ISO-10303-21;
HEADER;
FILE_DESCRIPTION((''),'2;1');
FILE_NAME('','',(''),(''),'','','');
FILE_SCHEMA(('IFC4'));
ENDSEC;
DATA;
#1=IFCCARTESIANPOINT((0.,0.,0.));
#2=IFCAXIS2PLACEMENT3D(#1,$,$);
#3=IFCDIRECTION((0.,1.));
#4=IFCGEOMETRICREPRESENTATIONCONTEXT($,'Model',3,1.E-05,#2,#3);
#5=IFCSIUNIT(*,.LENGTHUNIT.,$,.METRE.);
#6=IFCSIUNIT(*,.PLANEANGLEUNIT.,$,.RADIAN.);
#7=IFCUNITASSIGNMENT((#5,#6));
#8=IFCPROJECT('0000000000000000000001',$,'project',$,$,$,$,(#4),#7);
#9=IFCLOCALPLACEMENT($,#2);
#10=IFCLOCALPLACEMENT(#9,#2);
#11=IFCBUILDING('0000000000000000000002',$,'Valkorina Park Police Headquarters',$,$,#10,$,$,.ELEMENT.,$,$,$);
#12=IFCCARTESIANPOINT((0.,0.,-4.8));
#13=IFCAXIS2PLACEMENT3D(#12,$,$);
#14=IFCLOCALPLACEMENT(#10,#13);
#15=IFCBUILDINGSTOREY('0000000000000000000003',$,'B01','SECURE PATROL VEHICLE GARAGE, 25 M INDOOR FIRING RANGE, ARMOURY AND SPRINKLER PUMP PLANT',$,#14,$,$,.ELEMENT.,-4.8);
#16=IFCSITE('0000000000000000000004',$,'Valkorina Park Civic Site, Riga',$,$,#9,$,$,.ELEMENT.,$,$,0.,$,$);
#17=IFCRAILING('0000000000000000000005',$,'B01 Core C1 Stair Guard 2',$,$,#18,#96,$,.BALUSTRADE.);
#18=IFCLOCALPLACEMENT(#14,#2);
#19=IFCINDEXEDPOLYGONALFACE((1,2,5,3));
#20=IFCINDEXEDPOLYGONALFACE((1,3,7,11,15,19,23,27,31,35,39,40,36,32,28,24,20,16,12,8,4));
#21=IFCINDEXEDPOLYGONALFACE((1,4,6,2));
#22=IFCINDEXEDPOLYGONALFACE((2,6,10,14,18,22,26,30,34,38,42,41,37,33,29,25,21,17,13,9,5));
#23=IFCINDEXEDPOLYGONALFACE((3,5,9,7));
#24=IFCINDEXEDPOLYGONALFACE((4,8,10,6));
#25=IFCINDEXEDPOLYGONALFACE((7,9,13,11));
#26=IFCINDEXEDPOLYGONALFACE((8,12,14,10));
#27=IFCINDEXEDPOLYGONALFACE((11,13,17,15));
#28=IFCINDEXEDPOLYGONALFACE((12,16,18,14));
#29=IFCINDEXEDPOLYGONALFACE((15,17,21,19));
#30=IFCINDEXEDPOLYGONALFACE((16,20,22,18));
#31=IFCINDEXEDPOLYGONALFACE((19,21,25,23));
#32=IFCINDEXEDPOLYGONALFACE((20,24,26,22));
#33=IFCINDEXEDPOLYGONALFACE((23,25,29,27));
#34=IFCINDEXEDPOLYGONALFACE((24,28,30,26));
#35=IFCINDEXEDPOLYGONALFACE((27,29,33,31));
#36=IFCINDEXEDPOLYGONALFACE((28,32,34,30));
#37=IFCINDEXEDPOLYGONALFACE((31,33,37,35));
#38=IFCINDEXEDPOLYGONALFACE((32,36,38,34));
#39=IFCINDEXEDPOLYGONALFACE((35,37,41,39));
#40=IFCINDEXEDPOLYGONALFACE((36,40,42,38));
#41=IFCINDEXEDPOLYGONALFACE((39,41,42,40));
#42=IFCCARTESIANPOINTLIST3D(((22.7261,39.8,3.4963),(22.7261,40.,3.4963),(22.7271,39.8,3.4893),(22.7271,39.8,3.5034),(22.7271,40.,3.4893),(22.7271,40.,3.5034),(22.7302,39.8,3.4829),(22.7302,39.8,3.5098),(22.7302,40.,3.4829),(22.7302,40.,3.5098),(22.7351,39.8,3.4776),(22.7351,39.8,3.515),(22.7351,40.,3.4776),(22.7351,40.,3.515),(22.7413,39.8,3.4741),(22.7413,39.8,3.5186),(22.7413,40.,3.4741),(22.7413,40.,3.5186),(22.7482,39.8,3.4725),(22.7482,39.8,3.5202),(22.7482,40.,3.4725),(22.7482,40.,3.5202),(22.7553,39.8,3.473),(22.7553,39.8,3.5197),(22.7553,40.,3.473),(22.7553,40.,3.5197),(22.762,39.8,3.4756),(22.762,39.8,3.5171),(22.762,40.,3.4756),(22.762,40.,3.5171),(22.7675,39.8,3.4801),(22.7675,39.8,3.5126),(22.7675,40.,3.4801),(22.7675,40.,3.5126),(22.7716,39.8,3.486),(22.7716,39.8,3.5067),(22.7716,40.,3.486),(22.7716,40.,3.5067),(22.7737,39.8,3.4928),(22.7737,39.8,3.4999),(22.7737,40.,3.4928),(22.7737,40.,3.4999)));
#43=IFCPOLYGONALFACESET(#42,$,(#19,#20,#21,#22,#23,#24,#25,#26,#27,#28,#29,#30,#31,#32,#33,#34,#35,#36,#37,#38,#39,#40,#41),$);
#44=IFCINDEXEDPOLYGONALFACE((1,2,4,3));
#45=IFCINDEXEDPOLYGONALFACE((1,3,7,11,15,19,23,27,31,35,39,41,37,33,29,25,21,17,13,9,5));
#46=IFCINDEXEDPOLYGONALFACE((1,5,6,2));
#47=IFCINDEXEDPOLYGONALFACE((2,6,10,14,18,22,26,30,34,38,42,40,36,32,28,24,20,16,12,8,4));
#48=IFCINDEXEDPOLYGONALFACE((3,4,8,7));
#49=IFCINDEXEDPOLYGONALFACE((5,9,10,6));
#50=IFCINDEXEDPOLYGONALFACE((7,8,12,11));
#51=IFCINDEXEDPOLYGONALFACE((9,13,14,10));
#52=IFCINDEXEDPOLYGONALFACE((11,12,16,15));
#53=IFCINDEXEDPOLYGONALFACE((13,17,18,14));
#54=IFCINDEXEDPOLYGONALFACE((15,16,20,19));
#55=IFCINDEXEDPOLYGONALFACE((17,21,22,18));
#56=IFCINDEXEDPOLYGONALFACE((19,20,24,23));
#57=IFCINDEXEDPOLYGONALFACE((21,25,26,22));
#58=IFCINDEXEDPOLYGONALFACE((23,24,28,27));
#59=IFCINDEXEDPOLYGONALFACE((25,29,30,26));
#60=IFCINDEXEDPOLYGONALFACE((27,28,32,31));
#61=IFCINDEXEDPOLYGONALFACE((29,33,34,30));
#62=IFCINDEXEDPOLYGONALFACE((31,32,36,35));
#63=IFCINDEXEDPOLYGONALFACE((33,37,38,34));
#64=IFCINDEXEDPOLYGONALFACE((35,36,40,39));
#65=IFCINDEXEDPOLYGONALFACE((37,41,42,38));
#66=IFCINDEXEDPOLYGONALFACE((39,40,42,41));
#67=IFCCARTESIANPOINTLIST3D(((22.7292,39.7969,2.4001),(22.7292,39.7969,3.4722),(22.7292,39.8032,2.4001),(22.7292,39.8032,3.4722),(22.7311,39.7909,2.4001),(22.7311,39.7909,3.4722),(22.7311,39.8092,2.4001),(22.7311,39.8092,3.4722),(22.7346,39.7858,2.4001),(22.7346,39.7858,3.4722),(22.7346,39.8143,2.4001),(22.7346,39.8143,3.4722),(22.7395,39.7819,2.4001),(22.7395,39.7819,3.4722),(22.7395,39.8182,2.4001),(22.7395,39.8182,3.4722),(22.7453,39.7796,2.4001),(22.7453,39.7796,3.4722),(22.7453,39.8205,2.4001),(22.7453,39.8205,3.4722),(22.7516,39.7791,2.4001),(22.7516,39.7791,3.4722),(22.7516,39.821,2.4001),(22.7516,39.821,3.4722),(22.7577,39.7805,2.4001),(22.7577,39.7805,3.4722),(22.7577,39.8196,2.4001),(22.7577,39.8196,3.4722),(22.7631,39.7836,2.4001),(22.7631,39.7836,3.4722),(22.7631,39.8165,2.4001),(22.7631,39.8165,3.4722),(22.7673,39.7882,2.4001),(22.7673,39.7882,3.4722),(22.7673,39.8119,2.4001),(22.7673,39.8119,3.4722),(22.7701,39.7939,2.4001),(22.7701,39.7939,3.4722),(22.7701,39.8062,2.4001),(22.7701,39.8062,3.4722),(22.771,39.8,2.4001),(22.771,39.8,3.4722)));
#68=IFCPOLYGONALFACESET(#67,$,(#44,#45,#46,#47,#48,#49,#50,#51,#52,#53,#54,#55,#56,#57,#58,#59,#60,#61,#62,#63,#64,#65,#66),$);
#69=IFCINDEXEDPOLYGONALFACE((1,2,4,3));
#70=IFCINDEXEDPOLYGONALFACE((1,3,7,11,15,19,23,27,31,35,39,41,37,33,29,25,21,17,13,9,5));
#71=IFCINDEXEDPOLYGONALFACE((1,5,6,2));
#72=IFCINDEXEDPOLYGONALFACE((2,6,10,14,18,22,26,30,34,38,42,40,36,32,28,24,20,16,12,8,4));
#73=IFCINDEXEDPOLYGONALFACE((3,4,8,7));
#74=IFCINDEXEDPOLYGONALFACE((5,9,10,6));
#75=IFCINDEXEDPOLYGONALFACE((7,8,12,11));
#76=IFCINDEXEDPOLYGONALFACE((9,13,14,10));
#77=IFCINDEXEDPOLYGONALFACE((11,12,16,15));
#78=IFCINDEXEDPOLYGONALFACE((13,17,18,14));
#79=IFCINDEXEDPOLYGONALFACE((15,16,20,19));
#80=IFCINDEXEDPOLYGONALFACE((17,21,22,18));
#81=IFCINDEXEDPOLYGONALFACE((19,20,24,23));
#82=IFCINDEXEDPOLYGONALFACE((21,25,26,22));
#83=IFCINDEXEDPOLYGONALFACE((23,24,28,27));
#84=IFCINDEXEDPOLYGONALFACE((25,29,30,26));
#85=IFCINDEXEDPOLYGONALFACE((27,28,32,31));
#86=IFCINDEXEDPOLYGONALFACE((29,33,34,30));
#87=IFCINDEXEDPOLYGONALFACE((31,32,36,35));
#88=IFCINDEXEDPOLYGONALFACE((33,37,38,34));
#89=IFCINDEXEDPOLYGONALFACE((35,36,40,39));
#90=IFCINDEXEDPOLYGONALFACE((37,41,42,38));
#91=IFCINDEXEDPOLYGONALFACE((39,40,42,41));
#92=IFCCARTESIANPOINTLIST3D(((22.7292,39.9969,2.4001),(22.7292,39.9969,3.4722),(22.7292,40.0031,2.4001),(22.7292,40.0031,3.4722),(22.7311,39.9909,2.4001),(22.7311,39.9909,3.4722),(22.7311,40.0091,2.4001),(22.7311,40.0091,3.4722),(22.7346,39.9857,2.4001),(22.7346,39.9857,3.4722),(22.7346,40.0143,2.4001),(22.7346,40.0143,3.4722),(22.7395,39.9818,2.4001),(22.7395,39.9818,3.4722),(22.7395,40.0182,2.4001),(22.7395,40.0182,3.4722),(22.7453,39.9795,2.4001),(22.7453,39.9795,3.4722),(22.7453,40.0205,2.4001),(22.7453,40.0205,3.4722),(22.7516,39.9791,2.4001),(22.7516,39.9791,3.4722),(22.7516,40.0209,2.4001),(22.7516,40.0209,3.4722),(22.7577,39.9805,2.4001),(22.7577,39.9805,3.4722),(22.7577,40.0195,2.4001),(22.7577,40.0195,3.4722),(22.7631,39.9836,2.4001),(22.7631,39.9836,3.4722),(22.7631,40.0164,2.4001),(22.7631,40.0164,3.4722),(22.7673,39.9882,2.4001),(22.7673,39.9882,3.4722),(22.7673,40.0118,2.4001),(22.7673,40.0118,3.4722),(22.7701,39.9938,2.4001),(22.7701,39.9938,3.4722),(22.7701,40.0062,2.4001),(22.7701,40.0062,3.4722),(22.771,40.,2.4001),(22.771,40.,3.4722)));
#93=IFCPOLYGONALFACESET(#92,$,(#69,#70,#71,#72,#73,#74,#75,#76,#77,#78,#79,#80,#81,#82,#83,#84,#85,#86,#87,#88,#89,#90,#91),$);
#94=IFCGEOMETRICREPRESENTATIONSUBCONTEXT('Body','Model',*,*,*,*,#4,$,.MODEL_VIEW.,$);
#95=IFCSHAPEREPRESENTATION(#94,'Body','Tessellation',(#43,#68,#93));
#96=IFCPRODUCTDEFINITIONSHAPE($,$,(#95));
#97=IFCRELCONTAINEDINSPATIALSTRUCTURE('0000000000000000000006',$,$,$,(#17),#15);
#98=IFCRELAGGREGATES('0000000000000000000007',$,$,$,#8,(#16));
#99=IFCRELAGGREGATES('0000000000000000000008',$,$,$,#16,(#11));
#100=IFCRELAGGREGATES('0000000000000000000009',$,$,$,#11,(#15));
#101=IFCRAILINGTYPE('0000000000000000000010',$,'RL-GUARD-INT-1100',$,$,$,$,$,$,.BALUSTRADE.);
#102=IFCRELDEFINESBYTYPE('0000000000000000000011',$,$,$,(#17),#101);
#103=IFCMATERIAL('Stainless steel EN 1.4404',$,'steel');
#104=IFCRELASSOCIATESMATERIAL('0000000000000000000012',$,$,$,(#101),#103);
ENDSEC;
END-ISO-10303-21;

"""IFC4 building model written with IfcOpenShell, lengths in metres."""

from ifc_helpers import new_model, si_unit, direction, frame, origin, origin_2d, place, context, subcontext, project, spatial, circle, extrude, material, type_object, element, save


model = new_model("IFC4")

# Units and contexts
model_context = context("Model", 3, precision=1e-05, world=origin(), true_north=direction((0.0, 1.0)))
body_context = subcontext(model_context, "Body", "Model", "MODEL_VIEW")
ifc_project = project(units=[si_unit("LENGTHUNIT", "METRE"), si_unit("PLANEANGLEUNIT", "RADIAN")], contexts=[model_context])

# Site, building, storey
site_placement = place(None, origin())
site = spatial("IfcSite", under=ifc_project, at=site_placement, Name="Valkorina Park Civic Site, Riga", CompositionType="ELEMENT", RefElevation=0.0)
building_placement = place(site_placement, origin())
building = spatial("IfcBuilding", under=site, at=building_placement, Name="Valkorina Park Police Headquarters", CompositionType="ELEMENT")
storey_placement = place(building_placement, frame((0.0, 0.0, -4.8)))
storey = spatial("IfcBuildingStorey", under=building, at=storey_placement, Name="B01", Description="SECURE PATROL VEHICLE GARAGE, 25 M INDOOR FIRING RANGE, ARMOURY AND SPRINKLER PUMP PLANT", CompositionType="ELEMENT", Elevation=-4.8)

# Shared definitions
ifc_material_1 = material(Name="Stainless steel EN 1.4404", Category="steel")

# Railing
railing_type_1 = type_object("IfcRailingType", Name="RL-GUARD-INT-1100", PredefinedType="BALUSTRADE", material=ifc_material_1)
railing_1_placement = place(storey_placement, frame((22.75, 39.8, 2.4001)))
element("IfcRailing", 1, at=railing_1_placement, inside=storey, type_object=railing_type_1, Name="B01 Core C1 Stair Guard 2", PredefinedType="BALUSTRADE", context=body_context, shape_type="SweptSolid", body=[
    extrude(circle(Radius=0.0239, at=origin_2d()), frame((0.0, 0.0, 1.0962), z_axis=(0.0, 1.0, 0.0), x_axis=(-1.0, 0.0, 0.0)), (0.0, 0.0, 1.0), 0.2),
    extrude(circle(Radius=0.021, at=origin_2d()), origin(), (0.0, 0.0, 1.0), 1.072),
    extrude(circle(Radius=0.021, at=origin_2d()), frame((0.0, 0.2, 0.0)), (0.0, 0.0, 1.0), 1.072),
])

save(model, "model.ifc")
